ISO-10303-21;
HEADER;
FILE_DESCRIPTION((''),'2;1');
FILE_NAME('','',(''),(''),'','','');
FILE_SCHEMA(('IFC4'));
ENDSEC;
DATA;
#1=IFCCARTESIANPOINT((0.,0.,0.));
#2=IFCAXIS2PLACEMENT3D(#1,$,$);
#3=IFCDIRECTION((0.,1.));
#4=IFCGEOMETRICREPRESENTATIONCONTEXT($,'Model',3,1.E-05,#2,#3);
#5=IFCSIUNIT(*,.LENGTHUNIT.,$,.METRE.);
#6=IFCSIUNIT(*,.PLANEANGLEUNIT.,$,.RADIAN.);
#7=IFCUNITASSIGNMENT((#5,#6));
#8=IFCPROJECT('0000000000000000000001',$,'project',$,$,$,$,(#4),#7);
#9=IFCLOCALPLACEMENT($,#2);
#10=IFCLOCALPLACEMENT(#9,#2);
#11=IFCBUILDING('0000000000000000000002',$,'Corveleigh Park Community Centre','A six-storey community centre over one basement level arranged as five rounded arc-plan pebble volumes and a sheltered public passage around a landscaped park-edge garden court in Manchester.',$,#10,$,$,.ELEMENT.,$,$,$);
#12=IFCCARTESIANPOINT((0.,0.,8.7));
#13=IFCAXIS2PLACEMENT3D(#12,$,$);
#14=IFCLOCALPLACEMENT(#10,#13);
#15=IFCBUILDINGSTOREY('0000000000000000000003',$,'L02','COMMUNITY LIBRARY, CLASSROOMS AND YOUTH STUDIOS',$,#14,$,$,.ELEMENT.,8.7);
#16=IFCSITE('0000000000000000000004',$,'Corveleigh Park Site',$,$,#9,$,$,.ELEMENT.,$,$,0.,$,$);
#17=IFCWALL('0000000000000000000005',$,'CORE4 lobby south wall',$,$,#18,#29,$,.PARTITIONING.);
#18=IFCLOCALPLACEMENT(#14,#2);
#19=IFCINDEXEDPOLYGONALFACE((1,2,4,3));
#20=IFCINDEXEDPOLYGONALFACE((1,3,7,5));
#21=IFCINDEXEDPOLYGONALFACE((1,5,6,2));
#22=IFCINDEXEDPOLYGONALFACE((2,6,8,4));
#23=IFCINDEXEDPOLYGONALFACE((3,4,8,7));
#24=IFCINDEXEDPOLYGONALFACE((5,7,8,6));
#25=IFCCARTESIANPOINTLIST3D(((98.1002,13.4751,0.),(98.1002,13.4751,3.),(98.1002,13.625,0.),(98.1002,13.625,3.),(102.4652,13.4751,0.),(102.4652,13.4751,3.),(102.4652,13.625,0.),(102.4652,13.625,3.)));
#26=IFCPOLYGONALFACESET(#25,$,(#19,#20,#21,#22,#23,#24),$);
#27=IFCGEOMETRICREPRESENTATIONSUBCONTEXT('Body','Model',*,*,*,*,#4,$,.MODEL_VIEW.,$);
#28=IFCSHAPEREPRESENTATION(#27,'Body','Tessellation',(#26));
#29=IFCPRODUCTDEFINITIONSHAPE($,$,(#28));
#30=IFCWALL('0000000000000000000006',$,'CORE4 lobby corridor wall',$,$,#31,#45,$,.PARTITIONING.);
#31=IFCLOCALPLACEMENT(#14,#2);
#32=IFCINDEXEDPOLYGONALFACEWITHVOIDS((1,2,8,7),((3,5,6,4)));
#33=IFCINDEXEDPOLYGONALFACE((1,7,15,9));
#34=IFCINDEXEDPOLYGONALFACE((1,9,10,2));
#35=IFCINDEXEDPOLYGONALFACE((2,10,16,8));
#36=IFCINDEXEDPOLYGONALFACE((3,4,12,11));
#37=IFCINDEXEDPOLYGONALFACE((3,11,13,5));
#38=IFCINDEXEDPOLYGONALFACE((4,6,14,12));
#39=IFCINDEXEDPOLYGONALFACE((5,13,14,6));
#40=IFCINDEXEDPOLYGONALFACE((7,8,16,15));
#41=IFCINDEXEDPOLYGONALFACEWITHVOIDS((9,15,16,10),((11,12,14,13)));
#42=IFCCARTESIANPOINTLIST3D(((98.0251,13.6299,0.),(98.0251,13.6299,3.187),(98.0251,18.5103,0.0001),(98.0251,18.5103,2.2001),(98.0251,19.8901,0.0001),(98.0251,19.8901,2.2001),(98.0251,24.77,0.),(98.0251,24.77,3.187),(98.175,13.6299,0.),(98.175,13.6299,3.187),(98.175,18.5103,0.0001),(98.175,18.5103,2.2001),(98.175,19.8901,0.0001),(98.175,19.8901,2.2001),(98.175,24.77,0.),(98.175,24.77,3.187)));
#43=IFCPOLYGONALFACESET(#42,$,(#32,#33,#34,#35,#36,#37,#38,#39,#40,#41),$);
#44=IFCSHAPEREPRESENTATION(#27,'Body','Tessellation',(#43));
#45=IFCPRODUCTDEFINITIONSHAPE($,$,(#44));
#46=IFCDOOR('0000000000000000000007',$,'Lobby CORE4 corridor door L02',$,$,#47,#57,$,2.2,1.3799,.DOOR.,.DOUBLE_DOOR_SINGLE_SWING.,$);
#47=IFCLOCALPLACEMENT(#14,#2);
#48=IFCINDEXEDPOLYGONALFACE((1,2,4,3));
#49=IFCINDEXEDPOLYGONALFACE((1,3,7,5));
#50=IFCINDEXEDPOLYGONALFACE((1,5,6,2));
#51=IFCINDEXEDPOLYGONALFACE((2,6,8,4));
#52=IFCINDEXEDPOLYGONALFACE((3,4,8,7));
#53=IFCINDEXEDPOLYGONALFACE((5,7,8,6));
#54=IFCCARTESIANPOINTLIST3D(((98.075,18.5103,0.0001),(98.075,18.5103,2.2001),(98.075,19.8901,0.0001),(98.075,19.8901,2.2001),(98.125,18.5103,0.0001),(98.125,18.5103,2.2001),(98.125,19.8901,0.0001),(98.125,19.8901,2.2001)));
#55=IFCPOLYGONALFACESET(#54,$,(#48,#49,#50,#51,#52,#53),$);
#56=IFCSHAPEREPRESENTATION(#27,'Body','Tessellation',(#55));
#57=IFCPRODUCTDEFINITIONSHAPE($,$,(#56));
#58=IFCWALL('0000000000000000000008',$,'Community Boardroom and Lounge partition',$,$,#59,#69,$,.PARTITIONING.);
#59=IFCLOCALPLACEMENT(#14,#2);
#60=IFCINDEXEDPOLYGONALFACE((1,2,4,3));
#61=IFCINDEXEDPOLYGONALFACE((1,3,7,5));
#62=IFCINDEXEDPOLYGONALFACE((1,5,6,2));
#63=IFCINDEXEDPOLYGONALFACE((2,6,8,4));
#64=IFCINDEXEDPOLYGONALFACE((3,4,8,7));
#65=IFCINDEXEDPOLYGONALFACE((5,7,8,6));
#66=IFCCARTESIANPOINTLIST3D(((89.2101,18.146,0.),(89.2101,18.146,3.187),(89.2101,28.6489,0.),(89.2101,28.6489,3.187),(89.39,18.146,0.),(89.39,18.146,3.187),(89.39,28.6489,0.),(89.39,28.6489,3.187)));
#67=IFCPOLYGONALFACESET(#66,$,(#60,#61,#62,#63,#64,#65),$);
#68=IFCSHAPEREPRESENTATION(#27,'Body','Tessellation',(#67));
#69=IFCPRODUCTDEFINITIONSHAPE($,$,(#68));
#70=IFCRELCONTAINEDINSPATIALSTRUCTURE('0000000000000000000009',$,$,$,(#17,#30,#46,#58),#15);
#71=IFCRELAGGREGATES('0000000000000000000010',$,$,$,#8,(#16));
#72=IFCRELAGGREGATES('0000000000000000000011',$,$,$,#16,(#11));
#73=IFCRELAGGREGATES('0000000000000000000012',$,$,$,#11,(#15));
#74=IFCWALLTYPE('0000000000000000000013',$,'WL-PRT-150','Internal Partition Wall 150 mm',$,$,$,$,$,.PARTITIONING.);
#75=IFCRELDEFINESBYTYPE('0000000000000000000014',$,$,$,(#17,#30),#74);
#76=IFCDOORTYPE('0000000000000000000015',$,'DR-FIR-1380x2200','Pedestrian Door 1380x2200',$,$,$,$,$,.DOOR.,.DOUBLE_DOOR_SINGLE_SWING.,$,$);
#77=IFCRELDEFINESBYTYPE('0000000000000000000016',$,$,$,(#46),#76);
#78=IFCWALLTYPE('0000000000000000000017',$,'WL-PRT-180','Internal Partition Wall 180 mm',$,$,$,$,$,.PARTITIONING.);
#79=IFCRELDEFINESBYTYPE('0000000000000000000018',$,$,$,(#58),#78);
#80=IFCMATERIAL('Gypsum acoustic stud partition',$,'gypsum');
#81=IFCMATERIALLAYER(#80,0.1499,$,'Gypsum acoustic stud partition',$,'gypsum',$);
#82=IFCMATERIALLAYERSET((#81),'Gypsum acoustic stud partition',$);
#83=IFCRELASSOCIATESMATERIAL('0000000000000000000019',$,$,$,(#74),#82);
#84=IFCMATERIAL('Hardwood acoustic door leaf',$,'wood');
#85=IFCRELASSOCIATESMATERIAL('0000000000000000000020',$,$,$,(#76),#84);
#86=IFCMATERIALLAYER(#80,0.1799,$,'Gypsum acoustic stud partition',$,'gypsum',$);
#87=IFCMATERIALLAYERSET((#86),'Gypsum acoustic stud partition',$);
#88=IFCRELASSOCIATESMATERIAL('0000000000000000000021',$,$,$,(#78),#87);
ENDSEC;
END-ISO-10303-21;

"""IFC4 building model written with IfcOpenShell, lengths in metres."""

from ifc_helpers import new_model, si_unit, direction, frame, frame_2d, origin, place, context, subcontext, project, spatial, rectangle, extrude, material, layer, layer_set, type_object, element, fill, save


model = new_model("IFC4")

# Units and contexts
model_context = context("Model", 3, precision=1e-05, world=origin(), true_north=direction((0.0, 1.0)))
body_context = subcontext(model_context, "Body", "Model", "MODEL_VIEW")
ifc_project = project(units=[si_unit("LENGTHUNIT", "METRE"), si_unit("PLANEANGLEUNIT", "RADIAN")], contexts=[model_context])

# Site, building, storey
site_placement = place(None, origin())
site = spatial("IfcSite", under=ifc_project, at=site_placement, Name="Corveleigh Park Site", CompositionType="ELEMENT", RefElevation=0.0)
building_placement = place(site_placement, origin())
building = spatial("IfcBuilding", under=site, at=building_placement, Name="Corveleigh Park Community Centre", Description="A six-storey community centre over one basement level arranged as five rounded arc-plan pebble volumes and a sheltered public passage around a landscaped park-edge garden court in Manchester.", CompositionType="ELEMENT")
storey_placement = place(building_placement, frame((0.0, 0.0, 8.7)))
storey = spatial("IfcBuildingStorey", under=building, at=storey_placement, Name="L02", Description="COMMUNITY LIBRARY, CLASSROOMS AND YOUTH STUDIOS", CompositionType="ELEMENT", Elevation=8.7)

# Shared definitions
ifc_material_1 = material(Name="Gypsum acoustic stud partition", Category="gypsum")
ifc_material_2 = material(Name="Hardwood acoustic door leaf", Category="wood")

# Wall
ifc_layer_1 = layer(ifc_material_1, 0.1499, Name="Gypsum acoustic stud partition", Category="gypsum")
ifc_layer_set_1 = layer_set([ifc_layer_1], Name="Gypsum acoustic stud partition")
wall_type_1 = type_object("IfcWallType", Name="WL-PRT-150", Description="Internal Partition Wall 150 mm", PredefinedType="PARTITIONING", material=ifc_layer_set_1)
wall_1_placement = place(storey_placement, frame((98.1001, 13.55, 0.0), z_axis=(0.0, 0.0, 1.0), x_axis=(1.0, 0.0, 0.0)))
element("IfcWall", 1, at=wall_1_placement, inside=storey, type_object=wall_type_1, Name="CORE4 lobby south wall", PredefinedType="PARTITIONING", context=body_context, shape_type="SweptSolid", body=[
    extrude(rectangle(XDim=4.365, YDim=0.1499, at=frame_2d((2.1826, 0.0))), origin(), (0.0, 0.0, 1.0), 3.0),
])

# Wall, opening, door
wall_2_placement = place(storey_placement, frame((98.1001, 24.77, 0.0), z_axis=(0.0, 0.0, 1.0), x_axis=(0.0, -1.0, 0.0)))
wall_2 = element("IfcWall", 2, at=wall_2_placement, inside=storey, type_object=wall_type_1, Name="CORE4 lobby corridor wall", PredefinedType="PARTITIONING", context=body_context, shape_type="SweptSolid", body=[
    extrude(rectangle(XDim=11.1401, YDim=0.1499, at=frame_2d((5.5701, 0.0))), origin(), (0.0, 0.0, 1.0), 3.187),
])
opening_1_placement = place(wall_2_placement, frame((4.8799, 0.0, 0.0)))
opening_1 = element("IfcOpeningElement", 3, at=opening_1_placement, cuts=wall_2, PredefinedType="OPENING", context=body_context, shape_type="SweptSolid", body=[
    extrude(rectangle(XDim=1.3799, YDim=2.2, at=frame_2d((0.6899, 1.1001))), frame((0.0, 0.085, 0.0), z_axis=(0.0, -1.0, 0.0), x_axis=(1.0, 0.0, 0.0)), (0.0, 0.0, 1.0), 0.1699),
])
door_type_1 = type_object("IfcDoorType", Name="DR-FIR-1380x2200", Description="Pedestrian Door 1380x2200", OperationType="DOUBLE_DOOR_SINGLE_SWING", PredefinedType="DOOR", material=ifc_material_2)
door_1_placement = place(opening_1_placement, origin())
door_1 = element("IfcDoor", 4, at=door_1_placement, inside=storey, type_object=door_type_1, Name="Lobby CORE4 corridor door L02", OperationType="DOUBLE_DOOR_SINGLE_SWING", OverallHeight=2.2, OverallWidth=1.3799, PredefinedType="DOOR", context=body_context, shape_type="SweptSolid", body=[
    extrude(rectangle(XDim=1.3799, YDim=2.2, at=frame_2d((0.6899, 1.1001))), frame((0.0, 0.0249, 0.0), z_axis=(0.0, -1.0, 0.0), x_axis=(1.0, 0.0, 0.0)), (0.0, 0.0, 1.0), 0.05),
])
fill(opening_1, door_1)

# Wall
ifc_layer_2 = layer(ifc_material_1, 0.1799, Name="Gypsum acoustic stud partition", Category="gypsum")
ifc_layer_set_2 = layer_set([ifc_layer_2], Name="Gypsum acoustic stud partition")
wall_type_2 = type_object("IfcWallType", Name="WL-PRT-180", Description="Internal Partition Wall 180 mm", PredefinedType="PARTITIONING", material=ifc_layer_set_2)
wall_3_placement = place(storey_placement, frame((89.3, 18.146, 0.0), z_axis=(0.0, 0.0, 1.0), x_axis=(0.0, 1.0, 0.0)))
element("IfcWall", 5, at=wall_3_placement, inside=storey, type_object=wall_type_2, Name="Community Boardroom and Lounge partition", PredefinedType="PARTITIONING", context=body_context, shape_type="SweptSolid", body=[
    extrude(rectangle(XDim=10.5029, YDim=0.1799, at=frame_2d((5.2515, 0.0))), origin(), (0.0, 0.0, 1.0), 3.187),
])

save(model, "model.ifc")
